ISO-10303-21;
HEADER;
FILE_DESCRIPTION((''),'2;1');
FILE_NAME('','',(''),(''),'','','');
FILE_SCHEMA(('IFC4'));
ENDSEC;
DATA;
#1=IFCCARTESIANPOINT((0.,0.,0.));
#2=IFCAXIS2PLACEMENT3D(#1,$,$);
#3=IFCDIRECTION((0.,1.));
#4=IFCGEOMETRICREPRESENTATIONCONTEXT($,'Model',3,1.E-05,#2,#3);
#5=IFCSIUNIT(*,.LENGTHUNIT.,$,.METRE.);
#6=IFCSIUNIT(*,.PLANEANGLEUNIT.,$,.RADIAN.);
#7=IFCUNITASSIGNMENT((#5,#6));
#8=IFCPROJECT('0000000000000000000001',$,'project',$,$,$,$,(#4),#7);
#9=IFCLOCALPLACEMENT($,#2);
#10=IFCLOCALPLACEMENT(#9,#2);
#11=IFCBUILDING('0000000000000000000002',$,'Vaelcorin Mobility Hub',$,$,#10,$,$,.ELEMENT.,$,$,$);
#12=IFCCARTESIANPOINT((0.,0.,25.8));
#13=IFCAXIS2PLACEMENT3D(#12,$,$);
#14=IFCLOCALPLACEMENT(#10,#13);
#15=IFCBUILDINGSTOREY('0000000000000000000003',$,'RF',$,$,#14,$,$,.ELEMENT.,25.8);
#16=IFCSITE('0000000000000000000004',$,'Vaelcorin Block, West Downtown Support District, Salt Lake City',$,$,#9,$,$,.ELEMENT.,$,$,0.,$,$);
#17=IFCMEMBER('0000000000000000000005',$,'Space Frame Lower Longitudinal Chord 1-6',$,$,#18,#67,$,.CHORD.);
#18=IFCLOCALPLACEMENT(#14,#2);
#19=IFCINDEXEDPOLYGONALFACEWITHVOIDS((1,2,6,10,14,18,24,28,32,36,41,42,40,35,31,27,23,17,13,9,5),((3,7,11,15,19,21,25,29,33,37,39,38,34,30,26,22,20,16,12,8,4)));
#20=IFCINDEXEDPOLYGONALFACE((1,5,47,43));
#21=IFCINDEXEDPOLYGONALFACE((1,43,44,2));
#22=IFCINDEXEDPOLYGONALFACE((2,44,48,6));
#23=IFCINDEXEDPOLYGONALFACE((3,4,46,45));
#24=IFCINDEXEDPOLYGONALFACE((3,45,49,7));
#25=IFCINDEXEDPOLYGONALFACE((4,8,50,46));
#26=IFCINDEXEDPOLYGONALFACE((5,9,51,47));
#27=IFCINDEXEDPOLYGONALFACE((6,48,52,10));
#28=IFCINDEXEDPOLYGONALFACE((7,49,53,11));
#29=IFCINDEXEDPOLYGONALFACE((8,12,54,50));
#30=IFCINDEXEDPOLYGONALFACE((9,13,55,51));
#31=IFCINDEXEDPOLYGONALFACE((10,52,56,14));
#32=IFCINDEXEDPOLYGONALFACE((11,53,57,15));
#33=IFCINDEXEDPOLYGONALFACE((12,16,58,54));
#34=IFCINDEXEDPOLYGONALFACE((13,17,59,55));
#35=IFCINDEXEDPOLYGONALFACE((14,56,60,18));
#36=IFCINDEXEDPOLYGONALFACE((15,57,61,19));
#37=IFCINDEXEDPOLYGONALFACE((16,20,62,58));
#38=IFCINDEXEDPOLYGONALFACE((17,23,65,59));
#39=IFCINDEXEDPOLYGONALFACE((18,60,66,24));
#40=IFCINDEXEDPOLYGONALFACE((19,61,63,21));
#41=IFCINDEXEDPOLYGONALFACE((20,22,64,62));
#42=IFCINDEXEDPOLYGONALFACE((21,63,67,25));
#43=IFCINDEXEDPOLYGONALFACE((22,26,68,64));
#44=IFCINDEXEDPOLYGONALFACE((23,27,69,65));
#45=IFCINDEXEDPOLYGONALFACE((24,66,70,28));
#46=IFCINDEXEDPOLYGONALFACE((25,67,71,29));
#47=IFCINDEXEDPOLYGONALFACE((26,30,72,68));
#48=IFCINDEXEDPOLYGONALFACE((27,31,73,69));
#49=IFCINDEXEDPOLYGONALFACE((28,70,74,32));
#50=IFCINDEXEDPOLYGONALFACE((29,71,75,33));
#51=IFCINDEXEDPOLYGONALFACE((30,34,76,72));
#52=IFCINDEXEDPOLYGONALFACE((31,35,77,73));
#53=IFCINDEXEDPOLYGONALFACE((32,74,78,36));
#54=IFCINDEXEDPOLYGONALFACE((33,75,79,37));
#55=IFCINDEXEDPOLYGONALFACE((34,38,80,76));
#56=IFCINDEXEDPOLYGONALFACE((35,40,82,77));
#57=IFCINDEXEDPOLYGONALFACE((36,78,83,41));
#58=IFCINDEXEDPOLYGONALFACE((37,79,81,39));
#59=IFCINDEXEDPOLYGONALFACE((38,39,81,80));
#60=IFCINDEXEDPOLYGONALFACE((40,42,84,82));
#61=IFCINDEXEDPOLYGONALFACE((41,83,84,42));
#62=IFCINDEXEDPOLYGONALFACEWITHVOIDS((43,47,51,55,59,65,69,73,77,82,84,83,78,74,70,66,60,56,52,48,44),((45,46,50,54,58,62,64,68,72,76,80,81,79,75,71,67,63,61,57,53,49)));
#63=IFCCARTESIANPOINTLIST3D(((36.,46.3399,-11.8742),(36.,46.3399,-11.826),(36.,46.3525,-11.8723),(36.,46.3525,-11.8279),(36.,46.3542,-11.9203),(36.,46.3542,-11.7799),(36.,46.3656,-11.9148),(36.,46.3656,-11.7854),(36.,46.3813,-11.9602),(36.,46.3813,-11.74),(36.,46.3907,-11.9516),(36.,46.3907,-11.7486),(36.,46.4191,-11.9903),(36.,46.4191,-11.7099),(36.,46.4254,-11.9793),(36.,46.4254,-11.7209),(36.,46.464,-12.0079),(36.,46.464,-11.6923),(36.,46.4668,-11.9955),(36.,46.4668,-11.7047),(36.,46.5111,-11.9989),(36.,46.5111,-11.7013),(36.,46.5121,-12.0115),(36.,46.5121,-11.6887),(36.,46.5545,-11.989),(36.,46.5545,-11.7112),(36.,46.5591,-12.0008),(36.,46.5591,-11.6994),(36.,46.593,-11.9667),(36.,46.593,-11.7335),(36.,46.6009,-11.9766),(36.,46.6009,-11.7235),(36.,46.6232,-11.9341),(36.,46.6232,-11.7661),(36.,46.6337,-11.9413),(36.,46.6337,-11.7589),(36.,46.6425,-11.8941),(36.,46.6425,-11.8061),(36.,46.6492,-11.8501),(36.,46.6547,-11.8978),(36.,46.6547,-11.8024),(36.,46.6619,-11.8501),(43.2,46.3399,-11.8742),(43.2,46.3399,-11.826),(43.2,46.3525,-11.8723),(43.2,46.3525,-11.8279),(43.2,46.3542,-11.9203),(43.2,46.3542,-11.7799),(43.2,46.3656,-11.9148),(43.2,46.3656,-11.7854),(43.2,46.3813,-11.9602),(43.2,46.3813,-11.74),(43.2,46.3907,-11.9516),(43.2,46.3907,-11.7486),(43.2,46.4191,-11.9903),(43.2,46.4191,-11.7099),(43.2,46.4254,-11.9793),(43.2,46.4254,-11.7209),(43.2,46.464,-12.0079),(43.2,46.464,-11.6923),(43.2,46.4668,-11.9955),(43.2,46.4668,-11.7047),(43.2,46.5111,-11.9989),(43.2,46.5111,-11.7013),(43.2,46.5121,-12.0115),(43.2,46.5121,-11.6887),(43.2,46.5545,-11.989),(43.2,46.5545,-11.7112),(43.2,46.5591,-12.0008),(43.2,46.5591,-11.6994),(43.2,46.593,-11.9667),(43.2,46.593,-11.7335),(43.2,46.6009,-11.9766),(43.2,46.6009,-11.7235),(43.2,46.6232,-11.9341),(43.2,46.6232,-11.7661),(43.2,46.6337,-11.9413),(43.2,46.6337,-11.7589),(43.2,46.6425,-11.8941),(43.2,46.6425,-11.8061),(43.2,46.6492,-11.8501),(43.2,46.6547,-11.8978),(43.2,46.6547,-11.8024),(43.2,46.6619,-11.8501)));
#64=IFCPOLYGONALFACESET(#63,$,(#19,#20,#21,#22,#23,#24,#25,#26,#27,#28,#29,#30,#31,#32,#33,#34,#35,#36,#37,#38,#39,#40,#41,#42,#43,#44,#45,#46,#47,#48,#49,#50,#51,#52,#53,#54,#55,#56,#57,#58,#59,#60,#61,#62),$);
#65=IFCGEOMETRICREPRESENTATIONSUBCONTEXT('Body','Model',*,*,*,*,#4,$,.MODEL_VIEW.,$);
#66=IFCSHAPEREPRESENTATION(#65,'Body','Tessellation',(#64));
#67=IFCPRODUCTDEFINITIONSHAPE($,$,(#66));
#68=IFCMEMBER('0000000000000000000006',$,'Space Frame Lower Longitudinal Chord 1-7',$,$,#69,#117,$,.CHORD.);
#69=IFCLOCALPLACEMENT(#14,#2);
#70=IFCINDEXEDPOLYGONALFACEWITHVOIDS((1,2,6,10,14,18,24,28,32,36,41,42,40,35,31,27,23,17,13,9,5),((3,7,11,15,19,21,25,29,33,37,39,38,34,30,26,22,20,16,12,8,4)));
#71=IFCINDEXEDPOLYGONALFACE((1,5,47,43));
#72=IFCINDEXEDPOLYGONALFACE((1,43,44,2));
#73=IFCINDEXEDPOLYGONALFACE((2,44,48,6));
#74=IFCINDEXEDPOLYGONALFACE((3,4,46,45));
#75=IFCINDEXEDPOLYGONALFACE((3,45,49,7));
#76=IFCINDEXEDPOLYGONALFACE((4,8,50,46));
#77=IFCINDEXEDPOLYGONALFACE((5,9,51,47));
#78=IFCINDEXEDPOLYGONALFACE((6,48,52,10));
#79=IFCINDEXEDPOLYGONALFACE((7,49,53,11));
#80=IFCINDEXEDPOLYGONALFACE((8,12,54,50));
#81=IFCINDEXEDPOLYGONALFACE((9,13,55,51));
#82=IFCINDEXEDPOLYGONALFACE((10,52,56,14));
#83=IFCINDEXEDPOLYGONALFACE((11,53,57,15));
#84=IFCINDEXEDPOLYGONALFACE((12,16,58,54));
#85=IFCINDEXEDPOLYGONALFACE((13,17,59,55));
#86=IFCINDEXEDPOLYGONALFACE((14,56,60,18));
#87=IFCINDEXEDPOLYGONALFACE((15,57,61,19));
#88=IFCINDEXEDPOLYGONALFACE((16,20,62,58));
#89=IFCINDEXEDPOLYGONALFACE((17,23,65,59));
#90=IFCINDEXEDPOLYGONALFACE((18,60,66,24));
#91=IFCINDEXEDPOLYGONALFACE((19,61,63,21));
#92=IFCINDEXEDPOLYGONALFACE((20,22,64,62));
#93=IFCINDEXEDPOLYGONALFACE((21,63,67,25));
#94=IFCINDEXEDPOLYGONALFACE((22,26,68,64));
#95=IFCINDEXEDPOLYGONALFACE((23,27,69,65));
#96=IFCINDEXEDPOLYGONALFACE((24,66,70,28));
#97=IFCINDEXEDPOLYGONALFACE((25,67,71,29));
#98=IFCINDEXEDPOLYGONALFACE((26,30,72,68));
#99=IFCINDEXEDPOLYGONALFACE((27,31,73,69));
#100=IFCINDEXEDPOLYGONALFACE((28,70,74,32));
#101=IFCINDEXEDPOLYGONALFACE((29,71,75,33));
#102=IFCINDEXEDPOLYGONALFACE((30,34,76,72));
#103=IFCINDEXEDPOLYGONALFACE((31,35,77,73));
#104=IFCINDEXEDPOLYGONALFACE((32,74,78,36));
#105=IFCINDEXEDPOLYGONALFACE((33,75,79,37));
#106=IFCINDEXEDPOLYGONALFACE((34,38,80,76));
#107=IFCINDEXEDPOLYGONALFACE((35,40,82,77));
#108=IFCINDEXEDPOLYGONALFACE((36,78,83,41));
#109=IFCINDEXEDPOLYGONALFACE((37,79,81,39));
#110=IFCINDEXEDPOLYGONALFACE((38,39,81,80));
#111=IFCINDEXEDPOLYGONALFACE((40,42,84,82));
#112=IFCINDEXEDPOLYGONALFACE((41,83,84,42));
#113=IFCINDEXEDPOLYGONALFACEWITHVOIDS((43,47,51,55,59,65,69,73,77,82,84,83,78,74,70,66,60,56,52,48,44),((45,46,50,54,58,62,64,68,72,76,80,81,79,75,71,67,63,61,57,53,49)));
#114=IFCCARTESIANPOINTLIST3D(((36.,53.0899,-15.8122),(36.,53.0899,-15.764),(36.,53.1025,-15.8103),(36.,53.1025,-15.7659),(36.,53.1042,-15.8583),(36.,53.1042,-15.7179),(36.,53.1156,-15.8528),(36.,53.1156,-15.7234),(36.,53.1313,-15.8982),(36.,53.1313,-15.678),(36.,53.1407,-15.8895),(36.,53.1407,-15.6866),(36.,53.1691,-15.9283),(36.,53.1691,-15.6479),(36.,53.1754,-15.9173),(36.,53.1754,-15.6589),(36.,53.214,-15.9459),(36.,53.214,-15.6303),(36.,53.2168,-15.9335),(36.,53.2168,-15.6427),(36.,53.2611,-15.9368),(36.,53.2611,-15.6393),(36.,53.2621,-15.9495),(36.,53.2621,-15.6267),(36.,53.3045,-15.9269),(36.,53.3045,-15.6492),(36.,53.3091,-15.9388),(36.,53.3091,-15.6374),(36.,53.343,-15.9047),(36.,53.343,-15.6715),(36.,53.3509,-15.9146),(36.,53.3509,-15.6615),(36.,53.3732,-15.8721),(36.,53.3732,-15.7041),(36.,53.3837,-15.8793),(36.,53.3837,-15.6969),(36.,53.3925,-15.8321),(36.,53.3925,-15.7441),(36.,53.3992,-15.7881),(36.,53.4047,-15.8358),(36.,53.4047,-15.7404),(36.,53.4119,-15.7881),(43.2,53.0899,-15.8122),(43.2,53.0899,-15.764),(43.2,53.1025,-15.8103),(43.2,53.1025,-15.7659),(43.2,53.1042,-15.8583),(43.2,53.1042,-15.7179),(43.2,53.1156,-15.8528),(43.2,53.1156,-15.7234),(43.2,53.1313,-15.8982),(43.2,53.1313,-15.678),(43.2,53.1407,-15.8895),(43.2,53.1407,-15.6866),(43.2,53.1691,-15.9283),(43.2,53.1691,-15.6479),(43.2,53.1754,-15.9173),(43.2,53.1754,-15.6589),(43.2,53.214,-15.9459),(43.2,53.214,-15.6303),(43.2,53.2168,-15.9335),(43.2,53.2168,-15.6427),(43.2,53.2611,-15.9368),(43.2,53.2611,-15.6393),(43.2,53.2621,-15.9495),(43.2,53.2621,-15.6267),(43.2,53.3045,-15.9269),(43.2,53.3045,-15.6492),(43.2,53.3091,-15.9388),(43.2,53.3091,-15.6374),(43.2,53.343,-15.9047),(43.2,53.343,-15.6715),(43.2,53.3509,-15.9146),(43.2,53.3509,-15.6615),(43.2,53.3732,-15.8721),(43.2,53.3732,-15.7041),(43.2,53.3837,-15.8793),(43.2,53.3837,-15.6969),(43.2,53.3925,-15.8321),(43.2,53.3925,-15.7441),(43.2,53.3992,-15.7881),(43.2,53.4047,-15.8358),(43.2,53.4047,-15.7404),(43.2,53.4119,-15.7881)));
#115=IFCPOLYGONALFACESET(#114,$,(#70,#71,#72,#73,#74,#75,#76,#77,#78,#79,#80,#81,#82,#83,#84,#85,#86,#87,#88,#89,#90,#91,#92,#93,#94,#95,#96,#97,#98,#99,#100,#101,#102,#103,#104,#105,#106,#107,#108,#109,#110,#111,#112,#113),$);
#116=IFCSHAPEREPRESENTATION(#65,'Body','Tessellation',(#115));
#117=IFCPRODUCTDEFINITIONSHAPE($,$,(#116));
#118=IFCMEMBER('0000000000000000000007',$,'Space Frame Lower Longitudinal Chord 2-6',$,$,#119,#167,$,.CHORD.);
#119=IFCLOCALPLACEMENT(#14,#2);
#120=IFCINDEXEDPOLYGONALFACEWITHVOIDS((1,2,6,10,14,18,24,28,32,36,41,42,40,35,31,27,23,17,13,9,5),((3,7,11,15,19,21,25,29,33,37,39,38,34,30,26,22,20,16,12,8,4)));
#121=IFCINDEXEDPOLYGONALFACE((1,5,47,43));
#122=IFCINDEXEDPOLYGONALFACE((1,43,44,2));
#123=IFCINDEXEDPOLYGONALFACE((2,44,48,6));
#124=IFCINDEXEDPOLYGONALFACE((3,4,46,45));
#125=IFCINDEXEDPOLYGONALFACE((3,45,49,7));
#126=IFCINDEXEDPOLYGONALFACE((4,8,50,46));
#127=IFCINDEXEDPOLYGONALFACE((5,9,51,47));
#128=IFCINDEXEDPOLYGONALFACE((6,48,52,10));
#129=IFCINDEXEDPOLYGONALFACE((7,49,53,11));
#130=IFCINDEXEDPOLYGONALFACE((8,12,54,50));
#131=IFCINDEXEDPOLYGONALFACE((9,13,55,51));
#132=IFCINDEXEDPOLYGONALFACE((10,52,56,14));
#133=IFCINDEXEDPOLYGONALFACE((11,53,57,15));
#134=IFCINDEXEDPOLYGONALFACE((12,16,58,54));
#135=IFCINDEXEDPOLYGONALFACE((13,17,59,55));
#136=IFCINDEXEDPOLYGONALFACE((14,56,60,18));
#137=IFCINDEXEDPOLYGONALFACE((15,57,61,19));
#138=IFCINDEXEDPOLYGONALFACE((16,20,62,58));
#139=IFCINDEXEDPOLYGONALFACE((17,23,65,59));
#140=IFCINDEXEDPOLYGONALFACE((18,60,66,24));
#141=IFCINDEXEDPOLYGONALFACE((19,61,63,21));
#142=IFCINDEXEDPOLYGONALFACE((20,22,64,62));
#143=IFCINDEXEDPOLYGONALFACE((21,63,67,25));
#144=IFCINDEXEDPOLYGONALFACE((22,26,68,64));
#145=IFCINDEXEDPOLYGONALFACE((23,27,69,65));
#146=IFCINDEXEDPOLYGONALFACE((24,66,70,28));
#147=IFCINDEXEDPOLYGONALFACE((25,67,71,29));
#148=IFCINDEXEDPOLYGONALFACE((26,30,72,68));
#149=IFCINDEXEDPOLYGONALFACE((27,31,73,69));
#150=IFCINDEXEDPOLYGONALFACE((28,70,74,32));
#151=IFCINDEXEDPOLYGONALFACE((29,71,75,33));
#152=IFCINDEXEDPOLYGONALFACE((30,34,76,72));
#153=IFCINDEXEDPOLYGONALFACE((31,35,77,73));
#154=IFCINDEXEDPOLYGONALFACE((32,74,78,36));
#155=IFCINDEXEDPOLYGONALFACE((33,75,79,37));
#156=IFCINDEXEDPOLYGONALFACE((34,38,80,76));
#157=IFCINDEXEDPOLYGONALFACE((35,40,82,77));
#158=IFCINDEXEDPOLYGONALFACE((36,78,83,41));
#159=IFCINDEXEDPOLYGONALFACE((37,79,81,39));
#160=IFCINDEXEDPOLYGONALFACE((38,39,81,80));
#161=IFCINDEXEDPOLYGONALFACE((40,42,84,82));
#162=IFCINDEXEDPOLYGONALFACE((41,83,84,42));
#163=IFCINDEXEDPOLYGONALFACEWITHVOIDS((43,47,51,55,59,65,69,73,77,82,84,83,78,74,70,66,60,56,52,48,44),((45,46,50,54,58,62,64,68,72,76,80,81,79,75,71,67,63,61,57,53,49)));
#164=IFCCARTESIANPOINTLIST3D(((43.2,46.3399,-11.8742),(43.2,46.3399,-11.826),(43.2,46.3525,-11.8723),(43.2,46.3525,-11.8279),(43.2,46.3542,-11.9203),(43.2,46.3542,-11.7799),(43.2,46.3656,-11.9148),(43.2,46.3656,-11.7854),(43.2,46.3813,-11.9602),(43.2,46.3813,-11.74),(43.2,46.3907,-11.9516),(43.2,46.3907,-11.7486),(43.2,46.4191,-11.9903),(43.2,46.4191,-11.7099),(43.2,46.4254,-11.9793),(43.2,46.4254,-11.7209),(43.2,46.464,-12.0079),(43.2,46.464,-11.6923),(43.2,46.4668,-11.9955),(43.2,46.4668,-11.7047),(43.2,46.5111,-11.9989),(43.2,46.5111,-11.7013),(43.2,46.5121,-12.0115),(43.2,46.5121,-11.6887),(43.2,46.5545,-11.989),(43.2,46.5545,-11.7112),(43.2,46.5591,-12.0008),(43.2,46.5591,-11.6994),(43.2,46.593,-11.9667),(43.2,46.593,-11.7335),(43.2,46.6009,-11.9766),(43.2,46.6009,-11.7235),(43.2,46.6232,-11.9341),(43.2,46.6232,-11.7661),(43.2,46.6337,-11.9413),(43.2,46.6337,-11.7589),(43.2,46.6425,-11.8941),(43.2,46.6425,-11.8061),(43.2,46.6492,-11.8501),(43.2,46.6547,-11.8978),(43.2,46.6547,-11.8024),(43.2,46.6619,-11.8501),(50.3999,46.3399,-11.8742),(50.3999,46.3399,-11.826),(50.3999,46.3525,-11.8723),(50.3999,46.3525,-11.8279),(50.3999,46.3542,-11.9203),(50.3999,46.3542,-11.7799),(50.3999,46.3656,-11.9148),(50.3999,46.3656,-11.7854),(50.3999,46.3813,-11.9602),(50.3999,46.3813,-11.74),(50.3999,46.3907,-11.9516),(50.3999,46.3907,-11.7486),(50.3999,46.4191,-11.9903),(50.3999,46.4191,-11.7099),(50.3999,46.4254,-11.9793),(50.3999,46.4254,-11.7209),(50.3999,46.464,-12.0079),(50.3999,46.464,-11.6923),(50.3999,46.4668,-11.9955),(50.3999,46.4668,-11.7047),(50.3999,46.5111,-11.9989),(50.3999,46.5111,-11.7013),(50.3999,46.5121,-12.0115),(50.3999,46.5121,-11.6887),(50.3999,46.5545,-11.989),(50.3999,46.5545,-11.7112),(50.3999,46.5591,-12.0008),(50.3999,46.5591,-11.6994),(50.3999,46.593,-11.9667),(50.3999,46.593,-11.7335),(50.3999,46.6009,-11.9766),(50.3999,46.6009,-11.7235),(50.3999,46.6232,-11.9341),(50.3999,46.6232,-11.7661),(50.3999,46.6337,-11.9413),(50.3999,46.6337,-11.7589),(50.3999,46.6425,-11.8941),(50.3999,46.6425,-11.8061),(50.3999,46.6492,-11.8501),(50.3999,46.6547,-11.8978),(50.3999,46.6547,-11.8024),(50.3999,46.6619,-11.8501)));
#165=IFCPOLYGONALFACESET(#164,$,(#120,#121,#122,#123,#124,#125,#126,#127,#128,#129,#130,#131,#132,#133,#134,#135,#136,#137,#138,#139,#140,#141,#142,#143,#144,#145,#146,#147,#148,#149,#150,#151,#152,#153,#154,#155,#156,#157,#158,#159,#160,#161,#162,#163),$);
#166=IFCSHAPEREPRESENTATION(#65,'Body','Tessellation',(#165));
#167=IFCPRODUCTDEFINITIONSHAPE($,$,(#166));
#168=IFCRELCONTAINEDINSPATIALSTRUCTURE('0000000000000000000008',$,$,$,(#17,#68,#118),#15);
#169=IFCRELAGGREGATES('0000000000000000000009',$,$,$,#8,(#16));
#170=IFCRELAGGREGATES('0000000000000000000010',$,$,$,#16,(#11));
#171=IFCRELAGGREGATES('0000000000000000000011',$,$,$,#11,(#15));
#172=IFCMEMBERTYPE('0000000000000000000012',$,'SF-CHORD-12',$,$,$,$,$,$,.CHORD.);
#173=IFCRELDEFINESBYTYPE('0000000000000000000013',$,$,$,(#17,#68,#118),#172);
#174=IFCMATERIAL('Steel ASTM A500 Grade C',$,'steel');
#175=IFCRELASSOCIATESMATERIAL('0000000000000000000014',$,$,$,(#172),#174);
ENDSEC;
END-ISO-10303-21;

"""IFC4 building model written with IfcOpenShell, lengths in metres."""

from ifc_helpers import new_model, si_unit, direction, frame, origin, origin_2d, place, context, subcontext, project, spatial, hollow_circle, extrude, material, material_profile, profile_set, type_object, element, save


model = new_model("IFC4")

# Units and contexts
model_context = context("Model", 3, precision=1e-05, world=origin(), true_north=direction((0.0, 1.0)))
body_context = subcontext(model_context, "Body", "Model", "MODEL_VIEW")
ifc_project = project(units=[si_unit("LENGTHUNIT", "METRE"), si_unit("PLANEANGLEUNIT", "RADIAN")], contexts=[model_context])

# Site, building, storey
site_placement = place(None, origin())
site = spatial("IfcSite", under=ifc_project, at=site_placement, Name="Vaelcorin Block, West Downtown Support District, Salt Lake City", CompositionType="ELEMENT", RefElevation=0.0)
building_placement = place(site_placement, origin())
building = spatial("IfcBuilding", under=site, at=building_placement, Name="Vaelcorin Mobility Hub", CompositionType="ELEMENT")
storey_placement = place(building_placement, frame((0.0, 0.0, 25.8)))
storey = spatial("IfcBuildingStorey", under=building, at=storey_placement, Name="RF", CompositionType="ELEMENT", Elevation=25.8)

# Members
ifc_material_1 = material(Name="Steel ASTM A500 Grade C", Category="steel")
ifc_material_profile_1 = material_profile(ifc_material_1, hollow_circle(Radius=0.1619, WallThickness=0.0127, at=origin_2d()), Name="HSS12.750X0.500")
ifc_profile_set_1 = profile_set([ifc_material_profile_1], Name="Steel ASTM A500 Grade C")
member_type_1 = type_object("IfcMemberType", Name="SF-CHORD-12", PredefinedType="CHORD", material=ifc_profile_set_1)
for number, where, z_axis, x_axis, name in (
    (1, (36.0, 46.5, -11.8501), (1.0, 0.0, 0.0), (0.0, 1.0, 0.0), "Space Frame Lower Longitudinal Chord 1-6"),
    (2, (36.0, 53.25, -15.7881), (1.0, 0.0, 0.0), (0.0, 1.0, 0.0), "Space Frame Lower Longitudinal Chord 1-7"),
    (3, (43.2, 46.5, -11.8501), (1.0, 0.0, 0.0), (0.0, 1.0, 0.0), "Space Frame Lower Longitudinal Chord 2-6"),
):
    element("IfcMember", number, at=place(storey_placement, frame(where, z_axis=z_axis, x_axis=x_axis)), inside=storey, type_object=member_type_1, Name=name, PredefinedType="CHORD", context=body_context, shape_type="SweptSolid", body=[
        extrude(hollow_circle(Radius=0.1619, WallThickness=0.0127, at=origin_2d()), origin(), (0.0, 0.0, 1.0), 7.2),
    ])

save(model, "model.ifc")
